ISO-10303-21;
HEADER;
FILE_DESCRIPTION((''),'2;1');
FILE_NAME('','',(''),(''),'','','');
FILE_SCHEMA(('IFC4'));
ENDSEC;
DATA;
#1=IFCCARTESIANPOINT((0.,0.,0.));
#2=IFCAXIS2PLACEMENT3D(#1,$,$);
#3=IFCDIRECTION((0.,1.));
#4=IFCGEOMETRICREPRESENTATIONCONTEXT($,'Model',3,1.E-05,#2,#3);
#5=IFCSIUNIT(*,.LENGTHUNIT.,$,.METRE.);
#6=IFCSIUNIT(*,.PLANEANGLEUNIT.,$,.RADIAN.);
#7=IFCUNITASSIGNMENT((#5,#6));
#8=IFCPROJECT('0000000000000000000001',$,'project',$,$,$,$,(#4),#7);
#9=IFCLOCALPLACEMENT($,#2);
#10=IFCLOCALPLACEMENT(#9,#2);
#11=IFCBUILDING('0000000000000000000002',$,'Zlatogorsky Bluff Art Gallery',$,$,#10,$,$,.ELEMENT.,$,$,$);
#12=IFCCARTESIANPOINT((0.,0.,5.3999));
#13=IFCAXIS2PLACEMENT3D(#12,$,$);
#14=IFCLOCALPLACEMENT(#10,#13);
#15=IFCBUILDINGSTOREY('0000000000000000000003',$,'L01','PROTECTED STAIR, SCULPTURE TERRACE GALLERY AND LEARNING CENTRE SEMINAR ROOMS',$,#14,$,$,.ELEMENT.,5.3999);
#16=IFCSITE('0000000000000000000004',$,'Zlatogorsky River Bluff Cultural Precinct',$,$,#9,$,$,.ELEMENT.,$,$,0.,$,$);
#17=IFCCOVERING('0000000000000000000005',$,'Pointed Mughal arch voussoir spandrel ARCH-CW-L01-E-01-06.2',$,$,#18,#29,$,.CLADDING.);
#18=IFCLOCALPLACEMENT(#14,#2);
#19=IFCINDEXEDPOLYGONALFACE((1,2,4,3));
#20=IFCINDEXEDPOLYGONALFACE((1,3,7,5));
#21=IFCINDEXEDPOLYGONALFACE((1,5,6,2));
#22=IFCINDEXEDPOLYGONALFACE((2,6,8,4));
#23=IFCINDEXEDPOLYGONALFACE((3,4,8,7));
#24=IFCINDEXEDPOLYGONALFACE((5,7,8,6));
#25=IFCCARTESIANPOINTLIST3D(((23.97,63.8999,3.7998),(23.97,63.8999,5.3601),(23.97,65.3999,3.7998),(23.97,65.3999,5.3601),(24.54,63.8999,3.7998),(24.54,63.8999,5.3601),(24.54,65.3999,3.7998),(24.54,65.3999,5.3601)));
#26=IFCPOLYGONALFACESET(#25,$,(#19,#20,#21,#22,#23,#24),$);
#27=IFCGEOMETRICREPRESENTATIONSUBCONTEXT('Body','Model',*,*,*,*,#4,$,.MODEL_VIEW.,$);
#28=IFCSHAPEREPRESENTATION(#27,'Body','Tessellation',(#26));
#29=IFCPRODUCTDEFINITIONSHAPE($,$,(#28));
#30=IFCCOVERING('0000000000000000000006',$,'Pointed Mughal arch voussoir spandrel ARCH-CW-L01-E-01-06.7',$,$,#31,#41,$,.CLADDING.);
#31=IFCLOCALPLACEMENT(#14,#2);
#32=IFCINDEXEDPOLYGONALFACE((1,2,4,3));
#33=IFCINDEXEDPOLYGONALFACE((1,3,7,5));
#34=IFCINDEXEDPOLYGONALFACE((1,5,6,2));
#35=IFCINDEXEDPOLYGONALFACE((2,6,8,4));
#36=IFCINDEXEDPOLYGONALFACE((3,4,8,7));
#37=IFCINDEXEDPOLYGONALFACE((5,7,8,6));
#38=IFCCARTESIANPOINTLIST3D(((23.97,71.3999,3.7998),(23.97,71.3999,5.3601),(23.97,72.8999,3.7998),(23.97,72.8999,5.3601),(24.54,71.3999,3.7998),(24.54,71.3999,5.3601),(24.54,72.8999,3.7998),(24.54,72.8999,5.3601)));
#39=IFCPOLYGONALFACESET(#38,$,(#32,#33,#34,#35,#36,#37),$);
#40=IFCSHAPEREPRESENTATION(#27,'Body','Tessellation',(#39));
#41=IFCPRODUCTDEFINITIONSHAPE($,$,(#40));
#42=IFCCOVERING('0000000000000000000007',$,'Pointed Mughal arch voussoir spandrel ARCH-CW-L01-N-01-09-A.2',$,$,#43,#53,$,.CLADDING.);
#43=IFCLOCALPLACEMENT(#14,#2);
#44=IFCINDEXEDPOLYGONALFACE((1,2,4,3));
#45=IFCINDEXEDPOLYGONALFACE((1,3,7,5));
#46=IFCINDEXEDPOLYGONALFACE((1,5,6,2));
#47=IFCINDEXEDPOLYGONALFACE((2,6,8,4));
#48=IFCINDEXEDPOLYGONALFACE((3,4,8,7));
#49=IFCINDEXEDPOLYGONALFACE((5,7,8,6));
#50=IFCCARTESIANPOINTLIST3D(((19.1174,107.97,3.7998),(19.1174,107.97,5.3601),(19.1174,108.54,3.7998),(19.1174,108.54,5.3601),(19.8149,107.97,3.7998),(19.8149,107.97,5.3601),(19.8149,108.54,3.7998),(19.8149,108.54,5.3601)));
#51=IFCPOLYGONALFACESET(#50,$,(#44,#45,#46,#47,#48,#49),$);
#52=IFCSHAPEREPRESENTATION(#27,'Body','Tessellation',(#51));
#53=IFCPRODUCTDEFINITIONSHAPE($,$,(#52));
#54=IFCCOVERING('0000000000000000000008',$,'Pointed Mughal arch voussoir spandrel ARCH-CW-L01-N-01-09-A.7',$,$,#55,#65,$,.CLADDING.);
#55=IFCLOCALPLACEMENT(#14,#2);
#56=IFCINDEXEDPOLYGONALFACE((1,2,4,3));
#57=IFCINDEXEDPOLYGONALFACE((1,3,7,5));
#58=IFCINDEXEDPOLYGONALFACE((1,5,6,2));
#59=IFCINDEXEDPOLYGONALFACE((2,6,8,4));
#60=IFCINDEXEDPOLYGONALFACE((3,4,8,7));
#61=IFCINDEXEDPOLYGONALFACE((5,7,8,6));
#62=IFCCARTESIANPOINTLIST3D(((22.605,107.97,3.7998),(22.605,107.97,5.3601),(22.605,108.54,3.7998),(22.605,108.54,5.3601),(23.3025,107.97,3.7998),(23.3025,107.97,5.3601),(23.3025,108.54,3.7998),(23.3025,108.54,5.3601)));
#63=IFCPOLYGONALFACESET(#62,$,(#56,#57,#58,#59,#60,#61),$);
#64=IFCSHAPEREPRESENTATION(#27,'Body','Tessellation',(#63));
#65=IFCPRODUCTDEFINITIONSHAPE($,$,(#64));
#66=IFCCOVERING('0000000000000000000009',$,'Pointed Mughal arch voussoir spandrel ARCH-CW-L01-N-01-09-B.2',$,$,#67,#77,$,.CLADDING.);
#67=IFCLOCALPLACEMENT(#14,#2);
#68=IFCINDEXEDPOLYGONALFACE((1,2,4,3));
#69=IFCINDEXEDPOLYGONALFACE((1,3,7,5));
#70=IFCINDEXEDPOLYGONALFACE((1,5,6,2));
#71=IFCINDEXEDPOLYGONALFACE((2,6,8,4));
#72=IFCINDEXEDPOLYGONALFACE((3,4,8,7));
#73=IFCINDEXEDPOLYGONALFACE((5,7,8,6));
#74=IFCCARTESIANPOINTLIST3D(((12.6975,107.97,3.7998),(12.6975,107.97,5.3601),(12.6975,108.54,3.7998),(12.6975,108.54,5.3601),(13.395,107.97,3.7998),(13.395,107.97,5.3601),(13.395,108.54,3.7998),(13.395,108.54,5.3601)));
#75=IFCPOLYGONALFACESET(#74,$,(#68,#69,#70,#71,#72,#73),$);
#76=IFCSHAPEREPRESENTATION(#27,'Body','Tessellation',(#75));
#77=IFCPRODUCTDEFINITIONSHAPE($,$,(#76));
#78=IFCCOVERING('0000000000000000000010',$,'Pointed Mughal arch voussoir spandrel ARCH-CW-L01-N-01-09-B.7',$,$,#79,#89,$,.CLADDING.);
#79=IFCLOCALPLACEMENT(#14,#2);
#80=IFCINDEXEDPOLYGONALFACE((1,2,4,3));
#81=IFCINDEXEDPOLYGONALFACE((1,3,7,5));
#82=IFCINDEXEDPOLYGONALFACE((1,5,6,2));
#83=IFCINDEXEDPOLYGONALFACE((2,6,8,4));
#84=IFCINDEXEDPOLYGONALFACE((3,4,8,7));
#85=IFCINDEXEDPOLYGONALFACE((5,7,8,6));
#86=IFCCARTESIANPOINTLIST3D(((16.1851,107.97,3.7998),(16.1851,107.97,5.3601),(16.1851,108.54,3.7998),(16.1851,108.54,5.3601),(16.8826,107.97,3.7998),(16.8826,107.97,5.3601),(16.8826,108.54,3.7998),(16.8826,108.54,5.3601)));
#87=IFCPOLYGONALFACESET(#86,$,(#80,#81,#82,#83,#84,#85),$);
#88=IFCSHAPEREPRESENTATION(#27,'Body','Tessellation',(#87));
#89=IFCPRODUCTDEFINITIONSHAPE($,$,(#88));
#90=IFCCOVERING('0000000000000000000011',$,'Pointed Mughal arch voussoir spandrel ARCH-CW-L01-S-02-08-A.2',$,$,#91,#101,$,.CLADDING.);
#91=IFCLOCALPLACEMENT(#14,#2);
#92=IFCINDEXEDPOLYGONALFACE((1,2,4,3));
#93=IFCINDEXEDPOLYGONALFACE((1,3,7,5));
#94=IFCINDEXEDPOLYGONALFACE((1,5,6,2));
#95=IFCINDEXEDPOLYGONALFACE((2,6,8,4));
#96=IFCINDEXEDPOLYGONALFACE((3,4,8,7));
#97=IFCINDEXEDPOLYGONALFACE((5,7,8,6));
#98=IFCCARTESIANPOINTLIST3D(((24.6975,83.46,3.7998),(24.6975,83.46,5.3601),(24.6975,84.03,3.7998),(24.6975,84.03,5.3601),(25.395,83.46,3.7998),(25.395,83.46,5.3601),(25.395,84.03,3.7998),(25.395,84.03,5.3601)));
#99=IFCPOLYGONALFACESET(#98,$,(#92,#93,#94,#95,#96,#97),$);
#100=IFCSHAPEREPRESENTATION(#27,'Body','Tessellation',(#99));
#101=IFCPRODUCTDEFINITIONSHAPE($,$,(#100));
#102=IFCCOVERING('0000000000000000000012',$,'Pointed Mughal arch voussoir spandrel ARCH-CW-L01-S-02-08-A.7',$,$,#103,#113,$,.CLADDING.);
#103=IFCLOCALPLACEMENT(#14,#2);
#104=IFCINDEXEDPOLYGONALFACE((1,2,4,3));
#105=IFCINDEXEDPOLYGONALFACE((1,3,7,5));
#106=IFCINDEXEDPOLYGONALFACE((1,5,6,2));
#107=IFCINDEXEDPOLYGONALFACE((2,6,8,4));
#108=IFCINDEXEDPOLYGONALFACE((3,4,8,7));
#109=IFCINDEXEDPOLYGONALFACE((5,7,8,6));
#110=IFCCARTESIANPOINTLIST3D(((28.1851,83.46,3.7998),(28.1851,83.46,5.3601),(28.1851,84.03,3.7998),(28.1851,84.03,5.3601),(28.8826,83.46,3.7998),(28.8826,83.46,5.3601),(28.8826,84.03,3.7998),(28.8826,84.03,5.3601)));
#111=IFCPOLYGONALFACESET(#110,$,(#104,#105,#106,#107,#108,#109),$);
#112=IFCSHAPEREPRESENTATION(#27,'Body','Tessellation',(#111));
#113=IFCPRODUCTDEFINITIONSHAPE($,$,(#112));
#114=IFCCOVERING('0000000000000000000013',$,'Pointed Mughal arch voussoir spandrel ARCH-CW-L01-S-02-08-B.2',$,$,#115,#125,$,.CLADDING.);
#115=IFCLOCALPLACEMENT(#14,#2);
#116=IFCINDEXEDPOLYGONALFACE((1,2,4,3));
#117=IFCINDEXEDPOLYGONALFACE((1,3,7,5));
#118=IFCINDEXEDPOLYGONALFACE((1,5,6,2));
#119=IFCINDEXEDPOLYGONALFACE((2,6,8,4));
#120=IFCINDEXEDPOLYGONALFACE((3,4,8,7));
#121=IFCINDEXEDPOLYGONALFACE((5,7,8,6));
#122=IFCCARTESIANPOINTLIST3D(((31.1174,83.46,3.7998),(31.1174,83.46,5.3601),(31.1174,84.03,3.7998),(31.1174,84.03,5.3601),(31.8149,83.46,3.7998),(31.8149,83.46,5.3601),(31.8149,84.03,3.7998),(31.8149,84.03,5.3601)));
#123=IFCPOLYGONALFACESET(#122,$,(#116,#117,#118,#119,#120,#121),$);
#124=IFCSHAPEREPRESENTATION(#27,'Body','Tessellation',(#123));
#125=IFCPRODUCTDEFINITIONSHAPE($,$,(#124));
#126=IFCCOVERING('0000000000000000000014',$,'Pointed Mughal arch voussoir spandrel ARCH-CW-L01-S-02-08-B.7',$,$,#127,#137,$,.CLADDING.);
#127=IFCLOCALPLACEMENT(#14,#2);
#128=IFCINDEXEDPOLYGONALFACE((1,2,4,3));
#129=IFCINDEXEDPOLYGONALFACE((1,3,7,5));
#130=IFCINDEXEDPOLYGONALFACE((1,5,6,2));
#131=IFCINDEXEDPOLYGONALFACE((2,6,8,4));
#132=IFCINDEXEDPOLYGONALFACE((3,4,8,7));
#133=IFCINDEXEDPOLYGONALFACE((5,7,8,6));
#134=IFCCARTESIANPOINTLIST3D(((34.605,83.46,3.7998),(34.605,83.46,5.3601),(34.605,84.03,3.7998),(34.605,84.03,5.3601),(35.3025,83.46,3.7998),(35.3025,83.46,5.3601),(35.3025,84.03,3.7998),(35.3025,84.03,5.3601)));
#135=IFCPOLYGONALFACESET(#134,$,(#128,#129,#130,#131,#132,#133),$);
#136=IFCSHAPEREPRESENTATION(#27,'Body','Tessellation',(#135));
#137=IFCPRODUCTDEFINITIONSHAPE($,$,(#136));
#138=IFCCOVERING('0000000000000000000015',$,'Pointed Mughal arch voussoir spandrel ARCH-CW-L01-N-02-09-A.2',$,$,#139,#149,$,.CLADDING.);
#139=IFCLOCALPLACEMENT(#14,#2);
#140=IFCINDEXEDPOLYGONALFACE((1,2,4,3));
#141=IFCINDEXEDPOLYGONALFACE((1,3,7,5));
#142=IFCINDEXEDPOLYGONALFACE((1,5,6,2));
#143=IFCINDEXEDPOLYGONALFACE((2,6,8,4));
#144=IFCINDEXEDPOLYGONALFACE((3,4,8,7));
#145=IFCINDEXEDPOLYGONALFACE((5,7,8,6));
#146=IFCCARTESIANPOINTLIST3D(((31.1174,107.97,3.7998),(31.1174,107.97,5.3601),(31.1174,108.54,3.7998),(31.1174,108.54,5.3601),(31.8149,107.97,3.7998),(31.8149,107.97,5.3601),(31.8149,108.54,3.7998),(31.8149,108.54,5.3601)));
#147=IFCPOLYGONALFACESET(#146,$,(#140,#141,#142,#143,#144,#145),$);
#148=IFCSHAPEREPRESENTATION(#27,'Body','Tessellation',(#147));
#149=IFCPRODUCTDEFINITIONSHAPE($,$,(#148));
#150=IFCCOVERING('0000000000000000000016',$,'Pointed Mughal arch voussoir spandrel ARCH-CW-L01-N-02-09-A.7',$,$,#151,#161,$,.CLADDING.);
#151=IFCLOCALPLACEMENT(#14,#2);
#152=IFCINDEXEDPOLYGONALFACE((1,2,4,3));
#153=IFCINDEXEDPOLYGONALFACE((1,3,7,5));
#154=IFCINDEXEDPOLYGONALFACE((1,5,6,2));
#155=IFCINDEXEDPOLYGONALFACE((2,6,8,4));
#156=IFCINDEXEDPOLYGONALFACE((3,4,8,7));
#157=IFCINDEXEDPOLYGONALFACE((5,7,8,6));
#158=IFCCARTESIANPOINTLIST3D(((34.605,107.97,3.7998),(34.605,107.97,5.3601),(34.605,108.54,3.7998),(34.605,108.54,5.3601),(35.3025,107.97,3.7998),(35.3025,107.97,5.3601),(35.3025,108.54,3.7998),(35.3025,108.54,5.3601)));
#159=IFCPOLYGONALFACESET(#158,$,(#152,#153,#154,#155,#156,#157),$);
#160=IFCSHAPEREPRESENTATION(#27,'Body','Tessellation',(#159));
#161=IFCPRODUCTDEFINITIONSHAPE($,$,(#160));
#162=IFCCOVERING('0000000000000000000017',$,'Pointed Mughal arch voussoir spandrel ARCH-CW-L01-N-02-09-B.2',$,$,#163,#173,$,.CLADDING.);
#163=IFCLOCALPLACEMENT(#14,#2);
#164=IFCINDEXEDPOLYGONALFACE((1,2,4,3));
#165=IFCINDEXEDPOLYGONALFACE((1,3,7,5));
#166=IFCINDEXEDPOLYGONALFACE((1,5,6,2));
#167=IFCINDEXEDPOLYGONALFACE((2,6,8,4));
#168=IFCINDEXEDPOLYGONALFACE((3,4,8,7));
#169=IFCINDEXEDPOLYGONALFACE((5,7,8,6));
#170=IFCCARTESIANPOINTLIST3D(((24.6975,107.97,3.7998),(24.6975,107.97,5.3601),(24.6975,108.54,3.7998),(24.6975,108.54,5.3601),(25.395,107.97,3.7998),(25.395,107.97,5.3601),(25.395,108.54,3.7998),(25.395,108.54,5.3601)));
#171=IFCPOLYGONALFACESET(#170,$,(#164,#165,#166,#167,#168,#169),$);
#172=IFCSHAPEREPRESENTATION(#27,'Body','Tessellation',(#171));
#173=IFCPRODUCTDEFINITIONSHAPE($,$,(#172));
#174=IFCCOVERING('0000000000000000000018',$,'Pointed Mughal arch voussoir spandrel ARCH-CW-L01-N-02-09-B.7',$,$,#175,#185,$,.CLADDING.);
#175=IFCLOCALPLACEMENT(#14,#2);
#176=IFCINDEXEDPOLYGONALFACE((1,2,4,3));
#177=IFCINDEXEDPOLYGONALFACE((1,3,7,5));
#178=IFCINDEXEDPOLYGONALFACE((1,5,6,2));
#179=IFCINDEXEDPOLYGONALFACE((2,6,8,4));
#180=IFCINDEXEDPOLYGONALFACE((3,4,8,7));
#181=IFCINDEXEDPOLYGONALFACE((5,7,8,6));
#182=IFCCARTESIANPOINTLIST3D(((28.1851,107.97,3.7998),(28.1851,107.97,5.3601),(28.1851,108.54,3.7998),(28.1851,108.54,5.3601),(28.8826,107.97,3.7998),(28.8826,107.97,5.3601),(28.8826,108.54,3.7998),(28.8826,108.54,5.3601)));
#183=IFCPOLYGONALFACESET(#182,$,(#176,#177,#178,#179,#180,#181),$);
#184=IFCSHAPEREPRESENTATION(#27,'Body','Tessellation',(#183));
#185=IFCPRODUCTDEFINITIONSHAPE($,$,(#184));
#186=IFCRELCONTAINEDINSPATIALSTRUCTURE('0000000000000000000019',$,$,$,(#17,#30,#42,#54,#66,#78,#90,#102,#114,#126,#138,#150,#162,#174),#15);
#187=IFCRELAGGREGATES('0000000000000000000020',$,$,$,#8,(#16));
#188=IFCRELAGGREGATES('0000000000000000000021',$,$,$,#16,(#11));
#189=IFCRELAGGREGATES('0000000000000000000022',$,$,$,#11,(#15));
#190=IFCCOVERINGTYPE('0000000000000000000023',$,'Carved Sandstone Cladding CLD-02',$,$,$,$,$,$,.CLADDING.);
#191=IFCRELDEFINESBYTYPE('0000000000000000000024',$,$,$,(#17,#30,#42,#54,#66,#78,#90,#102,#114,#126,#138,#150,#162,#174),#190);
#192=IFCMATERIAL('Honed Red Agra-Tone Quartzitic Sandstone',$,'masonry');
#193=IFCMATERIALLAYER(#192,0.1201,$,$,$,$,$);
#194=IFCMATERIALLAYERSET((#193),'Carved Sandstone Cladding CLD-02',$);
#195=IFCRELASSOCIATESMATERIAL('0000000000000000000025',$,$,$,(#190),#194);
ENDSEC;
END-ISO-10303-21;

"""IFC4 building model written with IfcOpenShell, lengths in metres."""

from ifc_helpers import new_model, si_unit, direction, frame, origin, place, context, subcontext, project, spatial, polyline, outline, extrude, material, layer, layer_set, type_object, element, save


model = new_model("IFC4")

# Units and contexts
model_context = context("Model", 3, precision=1e-05, world=origin(), true_north=direction((0.0, 1.0)))
body_context = subcontext(model_context, "Body", "Model", "MODEL_VIEW")
ifc_project = project(units=[si_unit("LENGTHUNIT", "METRE"), si_unit("PLANEANGLEUNIT", "RADIAN")], contexts=[model_context])

# Site, building, storey
site_placement = place(None, origin())
site = spatial("IfcSite", under=ifc_project, at=site_placement, Name="Zlatogorsky River Bluff Cultural Precinct", CompositionType="ELEMENT", RefElevation=0.0)
building_placement = place(site_placement, origin())
building = spatial("IfcBuilding", under=site, at=building_placement, Name="Zlatogorsky Bluff Art Gallery", CompositionType="ELEMENT")
storey_placement = place(building_placement, frame((0.0, 0.0, 5.3999)))
storey = spatial("IfcBuildingStorey", under=building, at=storey_placement, Name="L01", Description="PROTECTED STAIR, SCULPTURE TERRACE GALLERY AND LEARNING CENTRE SEMINAR ROOMS", CompositionType="ELEMENT", Elevation=5.3999)

# Coverings
ifc_material = material(Name="Honed Red Agra-Tone Quartzitic Sandstone", Category="masonry")
ifc_layer = layer(ifc_material, 0.1201)
ifc_layer_set = layer_set([ifc_layer], Name="Carved Sandstone Cladding CLD-02")
covering_type = type_object("IfcCoveringType", Name="Carved Sandstone Cladding CLD-02", PredefinedType="CLADDING", material=ifc_layer_set)
covering_1_placement = place(storey_placement, frame((0.0, 0.0, 3.7998)))
element("IfcCovering", 1, at=covering_1_placement, inside=storey, type_object=covering_type, Name="Pointed Mughal arch voussoir spandrel ARCH-CW-L01-E-01-06.2", PredefinedType="CLADDING", context=body_context, shape_type="SweptSolid", body=[
    extrude(outline(polyline([(23.97, 63.8999), (23.97, 65.3999), (24.54, 65.3999), (24.54, 63.8999), (23.97, 63.8999)])), origin(), (0.0, 0.0, 1.0), 1.5603),
])
covering_2_placement = place(storey_placement, frame((0.0, 0.0, 3.7998)))
element("IfcCovering", 2, at=covering_2_placement, inside=storey, type_object=covering_type, Name="Pointed Mughal arch voussoir spandrel ARCH-CW-L01-E-01-06.7", PredefinedType="CLADDING", context=body_context, shape_type="SweptSolid", body=[
    extrude(outline(polyline([(23.97, 71.3999), (23.97, 72.8999), (24.54, 72.8999), (24.54, 71.3999), (23.97, 71.3999)])), origin(), (0.0, 0.0, 1.0), 1.5603),
])
covering_3_placement = place(storey_placement, frame((0.0, 0.0, 3.7998)))
element("IfcCovering", 3, at=covering_3_placement, inside=storey, type_object=covering_type, Name="Pointed Mughal arch voussoir spandrel ARCH-CW-L01-N-01-09-A.2", PredefinedType="CLADDING", context=body_context, shape_type="SweptSolid", body=[
    extrude(outline(polyline([(19.1174, 107.97), (19.8149, 107.97), (19.8149, 108.54), (19.1174, 108.54), (19.1174, 107.97)])), origin(), (0.0, 0.0, 1.0), 1.5603),
])
covering_4_placement = place(storey_placement, frame((0.0, 0.0, 3.7998)))
element("IfcCovering", 4, at=covering_4_placement, inside=storey, type_object=covering_type, Name="Pointed Mughal arch voussoir spandrel ARCH-CW-L01-N-01-09-A.7", PredefinedType="CLADDING", context=body_context, shape_type="SweptSolid", body=[
    extrude(outline(polyline([(22.605, 107.97), (23.3025, 107.97), (23.3025, 108.54), (22.605, 108.54), (22.605, 107.97)])), origin(), (0.0, 0.0, 1.0), 1.5603),
])
covering_5_placement = place(storey_placement, frame((0.0, 0.0, 3.7998)))
element("IfcCovering", 5, at=covering_5_placement, inside=storey, type_object=covering_type, Name="Pointed Mughal arch voussoir spandrel ARCH-CW-L01-N-01-09-B.2", PredefinedType="CLADDING", context=body_context, shape_type="SweptSolid", body=[
    extrude(outline(polyline([(12.6975, 107.97), (13.395, 107.97), (13.395, 108.54), (12.6975, 108.54), (12.6975, 107.97)])), origin(), (0.0, 0.0, 1.0), 1.5603),
])
covering_6_placement = place(storey_placement, frame((0.0, 0.0, 3.7998)))
element("IfcCovering", 6, at=covering_6_placement, inside=storey, type_object=covering_type, Name="Pointed Mughal arch voussoir spandrel ARCH-CW-L01-N-01-09-B.7", PredefinedType="CLADDING", context=body_context, shape_type="SweptSolid", body=[
    extrude(outline(polyline([(16.1851, 107.97), (16.8826, 107.97), (16.8826, 108.54), (16.1851, 108.54), (16.1851, 107.97)])), origin(), (0.0, 0.0, 1.0), 1.5603),
])
covering_7_placement = place(storey_placement, frame((0.0, 0.0, 3.7998)))
element("IfcCovering", 7, at=covering_7_placement, inside=storey, type_object=covering_type, Name="Pointed Mughal arch voussoir spandrel ARCH-CW-L01-S-02-08-A.2", PredefinedType="CLADDING", context=body_context, shape_type="SweptSolid", body=[
    extrude(outline(polyline([(24.6975, 83.46), (25.395, 83.46), (25.395, 84.03), (24.6975, 84.03), (24.6975, 83.46)])), origin(), (0.0, 0.0, 1.0), 1.5603),
])
covering_8_placement = place(storey_placement, frame((0.0, 0.0, 3.7998)))
element("IfcCovering", 8, at=covering_8_placement, inside=storey, type_object=covering_type, Name="Pointed Mughal arch voussoir spandrel ARCH-CW-L01-S-02-08-A.7", PredefinedType="CLADDING", context=body_context, shape_type="SweptSolid", body=[
    extrude(outline(polyline([(28.1851, 83.46), (28.8826, 83.46), (28.8826, 84.03), (28.1851, 84.03), (28.1851, 83.46)])), origin(), (0.0, 0.0, 1.0), 1.5603),
])
covering_9_placement = place(storey_placement, frame((0.0, 0.0, 3.7998)))
element("IfcCovering", 9, at=covering_9_placement, inside=storey, type_object=covering_type, Name="Pointed Mughal arch voussoir spandrel ARCH-CW-L01-S-02-08-B.2", PredefinedType="CLADDING", context=body_context, shape_type="SweptSolid", body=[
    extrude(outline(polyline([(31.1174, 83.46), (31.8149, 83.46), (31.8149, 84.03), (31.1174, 84.03), (31.1174, 83.46)])), origin(), (0.0, 0.0, 1.0), 1.5603),
])
covering_10_placement = place(storey_placement, frame((0.0, 0.0, 3.7998)))
element("IfcCovering", 10, at=covering_10_placement, inside=storey, type_object=covering_type, Name="Pointed Mughal arch voussoir spandrel ARCH-CW-L01-S-02-08-B.7", PredefinedType="CLADDING", context=body_context, shape_type="SweptSolid", body=[
    extrude(outline(polyline([(34.605, 83.46), (35.3025, 83.46), (35.3025, 84.03), (34.605, 84.03), (34.605, 83.46)])), origin(), (0.0, 0.0, 1.0), 1.5603),
])
covering_11_placement = place(storey_placement, frame((0.0, 0.0, 3.7998)))
element("IfcCovering", 11, at=covering_11_placement, inside=storey, type_object=covering_type, Name="Pointed Mughal arch voussoir spandrel ARCH-CW-L01-N-02-09-A.2", PredefinedType="CLADDING", context=body_context, shape_type="SweptSolid", body=[
    extrude(outline(polyline([(31.1174, 107.97), (31.8149, 107.97), (31.8149, 108.54), (31.1174, 108.54), (31.1174, 107.97)])), origin(), (0.0, 0.0, 1.0), 1.5603),
])
covering_12_placement = place(storey_placement, frame((0.0, 0.0, 3.7998)))
element("IfcCovering", 12, at=covering_12_placement, inside=storey, type_object=covering_type, Name="Pointed Mughal arch voussoir spandrel ARCH-CW-L01-N-02-09-A.7", PredefinedType="CLADDING", context=body_context, shape_type="SweptSolid", body=[
    extrude(outline(polyline([(34.605, 107.97), (35.3025, 107.97), (35.3025, 108.54), (34.605, 108.54), (34.605, 107.97)])), origin(), (0.0, 0.0, 1.0), 1.5603),
])
covering_13_placement = place(storey_placement, frame((0.0, 0.0, 3.7998)))
element("IfcCovering", 13, at=covering_13_placement, inside=storey, type_object=covering_type, Name="Pointed Mughal arch voussoir spandrel ARCH-CW-L01-N-02-09-B.2", PredefinedType="CLADDING", context=body_context, shape_type="SweptSolid", body=[
    extrude(outline(polyline([(24.6975, 107.97), (25.395, 107.97), (25.395, 108.54), (24.6975, 108.54), (24.6975, 107.97)])), origin(), (0.0, 0.0, 1.0), 1.5603),
])
covering_14_placement = place(storey_placement, frame((0.0, 0.0, 3.7998)))
element("IfcCovering", 14, at=covering_14_placement, inside=storey, type_object=covering_type, Name="Pointed Mughal arch voussoir spandrel ARCH-CW-L01-N-02-09-B.7", PredefinedType="CLADDING", context=body_context, shape_type="SweptSolid", body=[
    extrude(outline(polyline([(28.1851, 107.97), (28.8826, 107.97), (28.8826, 108.54), (28.1851, 108.54), (28.1851, 107.97)])), origin(), (0.0, 0.0, 1.0), 1.5603),
])

save(model, "model.ifc")
